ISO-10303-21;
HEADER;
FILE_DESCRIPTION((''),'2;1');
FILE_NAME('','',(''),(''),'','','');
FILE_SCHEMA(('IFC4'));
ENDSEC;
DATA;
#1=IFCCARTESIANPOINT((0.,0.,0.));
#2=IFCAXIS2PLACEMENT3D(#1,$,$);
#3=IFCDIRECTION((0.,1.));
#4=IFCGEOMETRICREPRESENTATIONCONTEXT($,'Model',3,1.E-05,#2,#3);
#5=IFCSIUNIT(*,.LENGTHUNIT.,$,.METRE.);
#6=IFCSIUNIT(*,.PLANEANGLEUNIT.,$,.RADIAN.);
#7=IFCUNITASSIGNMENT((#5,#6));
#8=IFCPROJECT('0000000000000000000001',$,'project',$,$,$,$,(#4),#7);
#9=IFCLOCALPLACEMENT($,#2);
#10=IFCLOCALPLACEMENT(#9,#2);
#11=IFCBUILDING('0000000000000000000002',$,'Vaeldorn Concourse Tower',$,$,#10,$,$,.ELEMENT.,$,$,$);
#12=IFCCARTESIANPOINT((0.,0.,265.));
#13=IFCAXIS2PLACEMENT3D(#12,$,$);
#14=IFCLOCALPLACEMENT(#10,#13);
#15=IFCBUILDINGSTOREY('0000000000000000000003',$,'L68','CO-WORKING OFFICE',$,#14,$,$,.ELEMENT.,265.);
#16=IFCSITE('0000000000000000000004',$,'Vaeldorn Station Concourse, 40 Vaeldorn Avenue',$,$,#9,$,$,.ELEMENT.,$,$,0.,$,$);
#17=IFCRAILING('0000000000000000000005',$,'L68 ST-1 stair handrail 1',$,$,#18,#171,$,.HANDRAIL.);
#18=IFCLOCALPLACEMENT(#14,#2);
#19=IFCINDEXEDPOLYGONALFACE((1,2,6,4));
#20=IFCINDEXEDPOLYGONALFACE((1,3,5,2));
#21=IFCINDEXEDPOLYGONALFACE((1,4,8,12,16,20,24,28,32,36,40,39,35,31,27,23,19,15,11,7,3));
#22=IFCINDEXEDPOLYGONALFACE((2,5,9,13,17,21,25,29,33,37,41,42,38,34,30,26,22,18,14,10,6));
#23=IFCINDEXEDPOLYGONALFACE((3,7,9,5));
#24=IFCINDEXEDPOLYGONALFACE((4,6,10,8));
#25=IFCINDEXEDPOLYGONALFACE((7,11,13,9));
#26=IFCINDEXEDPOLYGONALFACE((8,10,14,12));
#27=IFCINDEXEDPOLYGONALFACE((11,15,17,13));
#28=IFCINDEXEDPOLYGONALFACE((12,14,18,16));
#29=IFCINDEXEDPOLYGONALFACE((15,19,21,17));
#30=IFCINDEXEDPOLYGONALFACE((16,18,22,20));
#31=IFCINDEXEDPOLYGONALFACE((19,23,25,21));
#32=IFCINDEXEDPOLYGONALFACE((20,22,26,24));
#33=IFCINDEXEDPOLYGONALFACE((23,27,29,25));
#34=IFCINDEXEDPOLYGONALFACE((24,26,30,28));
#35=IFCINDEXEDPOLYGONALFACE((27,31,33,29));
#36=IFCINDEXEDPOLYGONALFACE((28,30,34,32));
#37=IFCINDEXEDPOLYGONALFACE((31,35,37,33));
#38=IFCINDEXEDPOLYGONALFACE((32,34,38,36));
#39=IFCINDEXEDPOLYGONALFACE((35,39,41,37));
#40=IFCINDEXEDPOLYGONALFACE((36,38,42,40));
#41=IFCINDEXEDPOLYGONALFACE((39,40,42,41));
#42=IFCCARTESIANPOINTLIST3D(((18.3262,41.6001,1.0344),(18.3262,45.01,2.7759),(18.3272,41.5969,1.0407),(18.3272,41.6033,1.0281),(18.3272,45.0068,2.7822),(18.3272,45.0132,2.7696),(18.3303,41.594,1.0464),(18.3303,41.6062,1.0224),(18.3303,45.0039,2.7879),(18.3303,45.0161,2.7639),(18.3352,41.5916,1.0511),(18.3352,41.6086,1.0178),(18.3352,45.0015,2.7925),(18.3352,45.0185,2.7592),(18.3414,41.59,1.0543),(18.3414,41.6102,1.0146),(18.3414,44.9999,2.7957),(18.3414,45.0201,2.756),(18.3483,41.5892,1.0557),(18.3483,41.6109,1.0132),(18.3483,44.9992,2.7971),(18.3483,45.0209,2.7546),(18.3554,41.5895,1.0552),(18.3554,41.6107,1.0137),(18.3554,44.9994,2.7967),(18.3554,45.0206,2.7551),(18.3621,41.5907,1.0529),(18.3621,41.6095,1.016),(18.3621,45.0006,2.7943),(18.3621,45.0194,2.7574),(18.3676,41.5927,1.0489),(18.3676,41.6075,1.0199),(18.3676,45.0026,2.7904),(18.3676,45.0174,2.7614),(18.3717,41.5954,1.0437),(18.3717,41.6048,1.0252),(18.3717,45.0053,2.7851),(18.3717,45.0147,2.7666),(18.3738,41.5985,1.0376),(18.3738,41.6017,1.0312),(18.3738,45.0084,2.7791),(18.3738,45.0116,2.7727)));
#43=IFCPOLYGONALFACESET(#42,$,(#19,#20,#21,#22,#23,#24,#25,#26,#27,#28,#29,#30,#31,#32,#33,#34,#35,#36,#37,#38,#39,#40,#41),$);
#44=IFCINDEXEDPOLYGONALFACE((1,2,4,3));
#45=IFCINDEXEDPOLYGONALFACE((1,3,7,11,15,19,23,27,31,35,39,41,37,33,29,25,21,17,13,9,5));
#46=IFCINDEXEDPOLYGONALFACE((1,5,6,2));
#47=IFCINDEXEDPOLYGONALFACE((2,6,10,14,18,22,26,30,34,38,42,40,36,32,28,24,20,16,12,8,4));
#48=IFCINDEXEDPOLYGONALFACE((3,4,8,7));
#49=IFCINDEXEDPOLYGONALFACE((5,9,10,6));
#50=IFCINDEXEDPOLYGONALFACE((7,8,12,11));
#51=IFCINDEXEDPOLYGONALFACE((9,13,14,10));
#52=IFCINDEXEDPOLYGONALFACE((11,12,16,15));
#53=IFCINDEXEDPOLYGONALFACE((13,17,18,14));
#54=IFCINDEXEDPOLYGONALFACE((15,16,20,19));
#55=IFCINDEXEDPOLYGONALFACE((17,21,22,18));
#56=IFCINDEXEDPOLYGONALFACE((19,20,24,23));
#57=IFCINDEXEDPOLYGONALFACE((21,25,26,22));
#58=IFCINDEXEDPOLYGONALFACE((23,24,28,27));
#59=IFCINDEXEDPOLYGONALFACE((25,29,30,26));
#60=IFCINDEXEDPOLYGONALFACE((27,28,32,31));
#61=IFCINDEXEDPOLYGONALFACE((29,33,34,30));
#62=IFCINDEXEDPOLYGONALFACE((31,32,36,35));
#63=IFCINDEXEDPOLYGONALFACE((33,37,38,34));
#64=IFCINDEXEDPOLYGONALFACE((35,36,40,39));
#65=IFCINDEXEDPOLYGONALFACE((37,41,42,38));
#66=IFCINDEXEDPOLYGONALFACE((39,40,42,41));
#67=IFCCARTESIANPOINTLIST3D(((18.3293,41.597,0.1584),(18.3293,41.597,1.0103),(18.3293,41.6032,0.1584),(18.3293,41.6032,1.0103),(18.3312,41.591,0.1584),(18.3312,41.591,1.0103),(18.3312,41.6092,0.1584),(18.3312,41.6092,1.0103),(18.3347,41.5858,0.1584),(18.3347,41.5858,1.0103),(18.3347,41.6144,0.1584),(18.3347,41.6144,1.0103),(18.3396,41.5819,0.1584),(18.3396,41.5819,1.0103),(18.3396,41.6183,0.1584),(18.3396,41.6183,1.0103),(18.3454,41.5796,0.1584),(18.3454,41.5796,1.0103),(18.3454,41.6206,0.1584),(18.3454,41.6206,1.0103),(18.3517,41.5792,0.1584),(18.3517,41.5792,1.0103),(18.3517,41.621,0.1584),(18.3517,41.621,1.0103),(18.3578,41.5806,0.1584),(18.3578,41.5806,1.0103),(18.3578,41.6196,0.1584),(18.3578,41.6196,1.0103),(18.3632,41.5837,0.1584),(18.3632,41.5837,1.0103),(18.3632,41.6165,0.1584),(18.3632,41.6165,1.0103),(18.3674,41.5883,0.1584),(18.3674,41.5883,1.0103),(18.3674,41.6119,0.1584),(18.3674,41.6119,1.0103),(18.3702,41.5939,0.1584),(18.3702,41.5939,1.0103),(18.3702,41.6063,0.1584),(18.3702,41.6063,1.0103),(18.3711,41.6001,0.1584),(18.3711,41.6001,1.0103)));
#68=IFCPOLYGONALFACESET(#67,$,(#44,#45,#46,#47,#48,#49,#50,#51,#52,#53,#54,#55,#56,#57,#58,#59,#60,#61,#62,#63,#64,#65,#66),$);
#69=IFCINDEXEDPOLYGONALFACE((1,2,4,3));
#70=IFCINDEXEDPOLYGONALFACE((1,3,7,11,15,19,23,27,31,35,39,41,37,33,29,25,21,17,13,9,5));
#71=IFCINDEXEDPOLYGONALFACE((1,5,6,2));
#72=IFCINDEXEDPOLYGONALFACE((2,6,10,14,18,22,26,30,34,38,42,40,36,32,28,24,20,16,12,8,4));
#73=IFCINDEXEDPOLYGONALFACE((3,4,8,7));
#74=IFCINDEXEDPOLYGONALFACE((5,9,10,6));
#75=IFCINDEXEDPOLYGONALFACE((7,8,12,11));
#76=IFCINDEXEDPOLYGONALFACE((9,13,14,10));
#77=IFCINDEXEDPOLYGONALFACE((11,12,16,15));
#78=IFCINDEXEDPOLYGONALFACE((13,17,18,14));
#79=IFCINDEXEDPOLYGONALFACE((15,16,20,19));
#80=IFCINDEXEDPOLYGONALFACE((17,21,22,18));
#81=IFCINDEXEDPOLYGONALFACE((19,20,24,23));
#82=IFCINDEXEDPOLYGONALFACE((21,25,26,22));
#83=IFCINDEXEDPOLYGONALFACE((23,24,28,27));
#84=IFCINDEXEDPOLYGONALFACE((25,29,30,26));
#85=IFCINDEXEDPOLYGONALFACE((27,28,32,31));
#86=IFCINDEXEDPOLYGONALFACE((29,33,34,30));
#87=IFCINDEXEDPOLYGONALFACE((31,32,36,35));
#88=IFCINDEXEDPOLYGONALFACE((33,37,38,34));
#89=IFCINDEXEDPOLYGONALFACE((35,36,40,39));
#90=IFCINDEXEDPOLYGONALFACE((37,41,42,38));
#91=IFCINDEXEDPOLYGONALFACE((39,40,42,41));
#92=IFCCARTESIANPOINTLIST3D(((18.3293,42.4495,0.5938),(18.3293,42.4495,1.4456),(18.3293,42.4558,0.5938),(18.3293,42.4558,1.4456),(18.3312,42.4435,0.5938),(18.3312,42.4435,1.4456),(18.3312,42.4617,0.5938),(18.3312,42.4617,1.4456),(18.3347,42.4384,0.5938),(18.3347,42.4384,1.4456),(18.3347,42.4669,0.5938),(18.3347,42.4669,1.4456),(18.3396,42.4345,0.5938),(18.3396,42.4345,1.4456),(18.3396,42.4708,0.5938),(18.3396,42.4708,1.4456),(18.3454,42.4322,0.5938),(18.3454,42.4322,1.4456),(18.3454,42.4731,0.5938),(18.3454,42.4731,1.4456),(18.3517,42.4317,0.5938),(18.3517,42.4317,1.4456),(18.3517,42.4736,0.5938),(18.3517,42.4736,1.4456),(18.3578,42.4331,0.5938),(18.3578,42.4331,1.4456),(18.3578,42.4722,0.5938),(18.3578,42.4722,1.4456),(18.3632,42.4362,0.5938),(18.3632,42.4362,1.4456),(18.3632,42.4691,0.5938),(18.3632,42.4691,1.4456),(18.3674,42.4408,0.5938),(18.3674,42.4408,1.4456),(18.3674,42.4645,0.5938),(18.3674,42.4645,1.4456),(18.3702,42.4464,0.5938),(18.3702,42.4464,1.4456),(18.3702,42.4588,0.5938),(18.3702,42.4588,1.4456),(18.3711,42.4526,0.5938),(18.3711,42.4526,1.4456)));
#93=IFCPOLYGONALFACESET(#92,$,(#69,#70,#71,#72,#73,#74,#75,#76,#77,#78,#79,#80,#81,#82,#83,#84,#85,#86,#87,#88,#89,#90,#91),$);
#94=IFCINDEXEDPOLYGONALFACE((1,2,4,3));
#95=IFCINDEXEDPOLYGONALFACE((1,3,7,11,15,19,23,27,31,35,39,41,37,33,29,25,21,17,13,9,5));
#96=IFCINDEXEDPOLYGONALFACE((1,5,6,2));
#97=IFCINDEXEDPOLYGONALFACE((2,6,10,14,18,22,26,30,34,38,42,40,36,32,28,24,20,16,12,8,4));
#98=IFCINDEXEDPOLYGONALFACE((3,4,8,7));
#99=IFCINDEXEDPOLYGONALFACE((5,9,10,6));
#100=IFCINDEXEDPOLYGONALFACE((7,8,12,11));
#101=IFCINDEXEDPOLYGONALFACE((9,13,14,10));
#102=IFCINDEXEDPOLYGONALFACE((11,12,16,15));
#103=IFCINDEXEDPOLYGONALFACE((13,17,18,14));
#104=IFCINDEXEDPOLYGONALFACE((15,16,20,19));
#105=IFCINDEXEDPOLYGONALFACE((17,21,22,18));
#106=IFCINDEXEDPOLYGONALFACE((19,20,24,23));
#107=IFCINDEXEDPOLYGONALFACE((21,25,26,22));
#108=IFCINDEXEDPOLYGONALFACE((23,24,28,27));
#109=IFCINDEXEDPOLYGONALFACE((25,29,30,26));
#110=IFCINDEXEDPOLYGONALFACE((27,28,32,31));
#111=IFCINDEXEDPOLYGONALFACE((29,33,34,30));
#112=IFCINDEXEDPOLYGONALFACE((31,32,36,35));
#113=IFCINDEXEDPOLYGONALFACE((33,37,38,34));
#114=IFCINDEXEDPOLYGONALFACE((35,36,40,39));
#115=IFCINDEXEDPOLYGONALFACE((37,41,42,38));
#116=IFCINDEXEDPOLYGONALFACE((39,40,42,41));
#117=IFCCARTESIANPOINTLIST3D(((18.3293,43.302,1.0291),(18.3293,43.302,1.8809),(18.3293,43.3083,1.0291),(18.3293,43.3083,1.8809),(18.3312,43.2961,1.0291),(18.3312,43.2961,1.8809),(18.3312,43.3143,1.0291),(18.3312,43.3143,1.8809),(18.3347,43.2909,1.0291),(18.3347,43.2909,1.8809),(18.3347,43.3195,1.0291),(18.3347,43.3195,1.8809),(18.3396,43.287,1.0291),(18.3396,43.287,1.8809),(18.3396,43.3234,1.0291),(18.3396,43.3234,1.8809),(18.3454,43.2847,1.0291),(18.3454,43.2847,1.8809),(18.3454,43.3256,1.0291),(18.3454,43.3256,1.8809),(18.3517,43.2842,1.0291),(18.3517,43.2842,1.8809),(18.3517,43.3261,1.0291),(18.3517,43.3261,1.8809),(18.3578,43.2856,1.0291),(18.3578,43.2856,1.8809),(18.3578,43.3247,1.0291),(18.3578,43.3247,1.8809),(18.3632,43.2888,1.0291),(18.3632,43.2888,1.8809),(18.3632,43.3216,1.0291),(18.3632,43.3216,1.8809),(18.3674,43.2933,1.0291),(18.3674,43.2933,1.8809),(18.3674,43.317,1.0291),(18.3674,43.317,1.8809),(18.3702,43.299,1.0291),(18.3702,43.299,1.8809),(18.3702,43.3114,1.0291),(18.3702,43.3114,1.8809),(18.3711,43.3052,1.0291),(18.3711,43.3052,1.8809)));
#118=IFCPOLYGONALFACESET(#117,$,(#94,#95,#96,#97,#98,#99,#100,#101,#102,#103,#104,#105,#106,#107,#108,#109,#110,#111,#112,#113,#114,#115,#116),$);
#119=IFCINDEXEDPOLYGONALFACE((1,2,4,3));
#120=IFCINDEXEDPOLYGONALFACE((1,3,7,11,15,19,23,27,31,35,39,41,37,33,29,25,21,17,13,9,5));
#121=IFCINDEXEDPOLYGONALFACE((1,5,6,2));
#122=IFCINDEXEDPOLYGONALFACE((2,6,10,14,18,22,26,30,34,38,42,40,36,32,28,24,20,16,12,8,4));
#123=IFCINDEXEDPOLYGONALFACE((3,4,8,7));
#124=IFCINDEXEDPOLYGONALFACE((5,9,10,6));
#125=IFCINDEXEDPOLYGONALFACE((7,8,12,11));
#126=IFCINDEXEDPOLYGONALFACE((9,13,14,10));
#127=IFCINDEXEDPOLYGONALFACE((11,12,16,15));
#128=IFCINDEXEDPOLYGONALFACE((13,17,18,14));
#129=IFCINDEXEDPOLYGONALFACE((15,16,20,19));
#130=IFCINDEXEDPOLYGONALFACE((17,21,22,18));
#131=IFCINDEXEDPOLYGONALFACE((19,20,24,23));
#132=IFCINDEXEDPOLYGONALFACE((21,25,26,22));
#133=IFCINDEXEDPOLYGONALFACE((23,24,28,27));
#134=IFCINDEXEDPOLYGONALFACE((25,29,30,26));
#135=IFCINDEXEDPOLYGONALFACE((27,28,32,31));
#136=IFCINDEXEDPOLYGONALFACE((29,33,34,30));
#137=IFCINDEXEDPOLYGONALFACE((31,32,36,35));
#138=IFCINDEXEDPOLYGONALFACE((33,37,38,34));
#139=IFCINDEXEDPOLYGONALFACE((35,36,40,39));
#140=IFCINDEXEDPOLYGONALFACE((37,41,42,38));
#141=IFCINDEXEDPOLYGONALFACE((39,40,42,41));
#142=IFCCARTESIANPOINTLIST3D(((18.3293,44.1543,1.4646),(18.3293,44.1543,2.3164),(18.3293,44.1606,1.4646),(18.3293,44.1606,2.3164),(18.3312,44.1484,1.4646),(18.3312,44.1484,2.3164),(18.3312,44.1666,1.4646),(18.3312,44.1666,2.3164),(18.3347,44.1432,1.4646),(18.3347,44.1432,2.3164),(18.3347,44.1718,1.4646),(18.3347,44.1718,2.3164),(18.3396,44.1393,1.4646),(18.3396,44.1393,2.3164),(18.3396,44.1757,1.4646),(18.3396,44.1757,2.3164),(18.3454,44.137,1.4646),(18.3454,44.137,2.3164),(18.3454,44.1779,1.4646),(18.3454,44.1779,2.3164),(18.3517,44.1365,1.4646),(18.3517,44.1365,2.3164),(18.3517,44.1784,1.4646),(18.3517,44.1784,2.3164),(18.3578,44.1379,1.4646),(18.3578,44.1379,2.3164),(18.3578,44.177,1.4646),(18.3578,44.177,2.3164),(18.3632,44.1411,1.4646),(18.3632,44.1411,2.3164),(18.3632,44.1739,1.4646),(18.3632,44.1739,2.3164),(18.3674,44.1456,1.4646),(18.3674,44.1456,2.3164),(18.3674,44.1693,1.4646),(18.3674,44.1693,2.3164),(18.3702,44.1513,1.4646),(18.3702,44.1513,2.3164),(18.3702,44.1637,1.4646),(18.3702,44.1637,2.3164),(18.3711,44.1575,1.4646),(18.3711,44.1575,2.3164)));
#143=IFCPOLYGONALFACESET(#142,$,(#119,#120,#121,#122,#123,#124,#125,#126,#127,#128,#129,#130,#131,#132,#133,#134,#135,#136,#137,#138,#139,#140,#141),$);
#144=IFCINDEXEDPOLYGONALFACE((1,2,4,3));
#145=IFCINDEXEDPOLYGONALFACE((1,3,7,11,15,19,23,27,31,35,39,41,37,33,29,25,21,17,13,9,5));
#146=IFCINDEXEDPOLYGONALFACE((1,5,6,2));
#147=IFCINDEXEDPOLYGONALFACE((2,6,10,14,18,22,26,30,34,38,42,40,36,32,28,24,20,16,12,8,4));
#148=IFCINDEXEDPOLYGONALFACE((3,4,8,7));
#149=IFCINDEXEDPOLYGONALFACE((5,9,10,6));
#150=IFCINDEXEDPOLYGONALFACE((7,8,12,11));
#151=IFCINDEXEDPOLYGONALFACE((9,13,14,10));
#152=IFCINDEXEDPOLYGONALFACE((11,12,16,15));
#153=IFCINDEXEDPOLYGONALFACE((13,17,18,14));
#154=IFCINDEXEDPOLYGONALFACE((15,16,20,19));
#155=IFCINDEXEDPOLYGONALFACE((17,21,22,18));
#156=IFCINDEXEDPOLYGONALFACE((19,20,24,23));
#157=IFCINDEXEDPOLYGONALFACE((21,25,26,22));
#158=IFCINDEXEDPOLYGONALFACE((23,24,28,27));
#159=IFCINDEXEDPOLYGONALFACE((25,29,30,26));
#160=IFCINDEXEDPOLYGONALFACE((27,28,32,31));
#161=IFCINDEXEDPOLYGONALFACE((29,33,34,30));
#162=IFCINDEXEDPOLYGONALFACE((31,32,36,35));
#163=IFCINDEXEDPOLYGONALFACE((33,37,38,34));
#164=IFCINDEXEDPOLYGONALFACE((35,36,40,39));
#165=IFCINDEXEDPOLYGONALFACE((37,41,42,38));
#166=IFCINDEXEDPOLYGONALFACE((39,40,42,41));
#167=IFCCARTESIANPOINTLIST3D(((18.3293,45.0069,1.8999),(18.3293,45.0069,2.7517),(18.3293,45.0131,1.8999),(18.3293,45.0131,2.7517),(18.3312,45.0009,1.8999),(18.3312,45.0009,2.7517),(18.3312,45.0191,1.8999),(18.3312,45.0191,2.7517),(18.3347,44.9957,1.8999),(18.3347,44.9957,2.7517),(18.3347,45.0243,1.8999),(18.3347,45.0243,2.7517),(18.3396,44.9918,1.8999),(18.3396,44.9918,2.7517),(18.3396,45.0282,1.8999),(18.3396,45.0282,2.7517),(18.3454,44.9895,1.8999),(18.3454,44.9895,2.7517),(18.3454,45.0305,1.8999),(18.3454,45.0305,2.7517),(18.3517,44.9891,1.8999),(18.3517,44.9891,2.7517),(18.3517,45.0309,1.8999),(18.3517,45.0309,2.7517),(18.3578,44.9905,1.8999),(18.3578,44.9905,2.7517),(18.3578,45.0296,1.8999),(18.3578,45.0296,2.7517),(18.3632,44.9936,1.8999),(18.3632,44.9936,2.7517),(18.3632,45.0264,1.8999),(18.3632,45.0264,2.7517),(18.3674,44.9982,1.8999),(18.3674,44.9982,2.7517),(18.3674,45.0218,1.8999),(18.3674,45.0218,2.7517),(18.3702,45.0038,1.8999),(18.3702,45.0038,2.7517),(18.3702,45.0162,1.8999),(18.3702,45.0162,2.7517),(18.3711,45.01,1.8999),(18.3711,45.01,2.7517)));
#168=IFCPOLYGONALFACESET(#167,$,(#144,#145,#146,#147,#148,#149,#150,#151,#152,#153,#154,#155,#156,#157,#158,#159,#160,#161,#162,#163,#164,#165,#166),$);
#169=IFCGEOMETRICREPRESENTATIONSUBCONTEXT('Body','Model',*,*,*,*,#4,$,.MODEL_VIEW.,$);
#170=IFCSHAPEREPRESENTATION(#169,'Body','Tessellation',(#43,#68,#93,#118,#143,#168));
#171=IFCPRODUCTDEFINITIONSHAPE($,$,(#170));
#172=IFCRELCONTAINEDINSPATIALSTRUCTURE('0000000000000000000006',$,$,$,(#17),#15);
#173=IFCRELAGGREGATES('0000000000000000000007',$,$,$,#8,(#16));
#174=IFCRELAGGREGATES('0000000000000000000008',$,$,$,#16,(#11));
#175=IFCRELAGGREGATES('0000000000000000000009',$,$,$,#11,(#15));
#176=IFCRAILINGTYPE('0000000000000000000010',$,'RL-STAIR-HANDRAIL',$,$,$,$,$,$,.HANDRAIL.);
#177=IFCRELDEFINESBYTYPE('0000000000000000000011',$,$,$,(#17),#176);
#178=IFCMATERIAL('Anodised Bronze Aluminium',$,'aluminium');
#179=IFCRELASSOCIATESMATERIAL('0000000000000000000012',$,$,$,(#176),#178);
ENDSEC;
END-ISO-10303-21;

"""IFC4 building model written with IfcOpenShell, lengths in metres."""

from ifc_helpers import new_model, si_unit, direction, frame, origin, origin_2d, place, context, subcontext, project, spatial, circle, extrude, material, type_object, element, save


model = new_model("IFC4")

# Units and contexts
model_context = context("Model", 3, precision=1e-05, world=origin(), true_north=direction((0.0, 1.0)))
body_context = subcontext(model_context, "Body", "Model", "MODEL_VIEW")
ifc_project = project(units=[si_unit("LENGTHUNIT", "METRE"), si_unit("PLANEANGLEUNIT", "RADIAN")], contexts=[model_context])

# Site, building, storey
site_placement = place(None, origin())
site = spatial("IfcSite", under=ifc_project, at=site_placement, Name="Vaeldorn Station Concourse, 40 Vaeldorn Avenue", CompositionType="ELEMENT", RefElevation=0.0)
building_placement = place(site_placement, origin())
building = spatial("IfcBuilding", under=site, at=building_placement, Name="Vaeldorn Concourse Tower", CompositionType="ELEMENT")
storey_placement = place(building_placement, frame((0.0, 0.0, 265.0)))
storey = spatial("IfcBuildingStorey", under=building, at=storey_placement, Name="L68", Description="CO-WORKING OFFICE", CompositionType="ELEMENT", Elevation=265.0)

# Shared definitions
ifc_material_1 = material(Name="Anodised Bronze Aluminium", Category="aluminium")

# Railing
railing_type_1 = type_object("IfcRailingType", Name="RL-STAIR-HANDRAIL", PredefinedType="HANDRAIL", material=ifc_material_1)
railing_1_placement = place(storey_placement, frame((18.3501, 41.6001, 0.1584)))
element("IfcRailing", 1, at=railing_1_placement, inside=storey, type_object=railing_type_1, Name="L68 ST-1 stair handrail 1", PredefinedType="HANDRAIL", context=body_context, shape_type="SweptSolid", body=[
    extrude(circle(Radius=0.0239, at=origin_2d()), frame((0.0, 0.0, 0.876), z_axis=(0.0, 0.890582, 0.454823), x_axis=(-1.0, 0.0, 0.0)), (0.0, 0.0, 1.0), 3.8289),
    extrude(circle(Radius=0.021, at=origin_2d()), origin(), (0.0, 0.0, 1.0), 0.8518),
    extrude(circle(Radius=0.021, at=origin_2d()), frame((0.0, 0.8525, 0.4353)), (0.0, 0.0, 1.0), 0.8518),
    extrude(circle(Radius=0.021, at=origin_2d()), frame((0.0, 1.7051, 0.8706)), (0.0, 0.0, 1.0), 0.8518),
    extrude(circle(Radius=0.021, at=origin_2d()), frame((0.0, 2.5574, 1.3062)), (0.0, 0.0, 1.0), 0.8518),
    extrude(circle(Radius=0.021, at=origin_2d()), frame((0.0, 3.4099, 1.7415)), (0.0, 0.0, 1.0), 0.8518),
])

save(model, "model.ifc")
